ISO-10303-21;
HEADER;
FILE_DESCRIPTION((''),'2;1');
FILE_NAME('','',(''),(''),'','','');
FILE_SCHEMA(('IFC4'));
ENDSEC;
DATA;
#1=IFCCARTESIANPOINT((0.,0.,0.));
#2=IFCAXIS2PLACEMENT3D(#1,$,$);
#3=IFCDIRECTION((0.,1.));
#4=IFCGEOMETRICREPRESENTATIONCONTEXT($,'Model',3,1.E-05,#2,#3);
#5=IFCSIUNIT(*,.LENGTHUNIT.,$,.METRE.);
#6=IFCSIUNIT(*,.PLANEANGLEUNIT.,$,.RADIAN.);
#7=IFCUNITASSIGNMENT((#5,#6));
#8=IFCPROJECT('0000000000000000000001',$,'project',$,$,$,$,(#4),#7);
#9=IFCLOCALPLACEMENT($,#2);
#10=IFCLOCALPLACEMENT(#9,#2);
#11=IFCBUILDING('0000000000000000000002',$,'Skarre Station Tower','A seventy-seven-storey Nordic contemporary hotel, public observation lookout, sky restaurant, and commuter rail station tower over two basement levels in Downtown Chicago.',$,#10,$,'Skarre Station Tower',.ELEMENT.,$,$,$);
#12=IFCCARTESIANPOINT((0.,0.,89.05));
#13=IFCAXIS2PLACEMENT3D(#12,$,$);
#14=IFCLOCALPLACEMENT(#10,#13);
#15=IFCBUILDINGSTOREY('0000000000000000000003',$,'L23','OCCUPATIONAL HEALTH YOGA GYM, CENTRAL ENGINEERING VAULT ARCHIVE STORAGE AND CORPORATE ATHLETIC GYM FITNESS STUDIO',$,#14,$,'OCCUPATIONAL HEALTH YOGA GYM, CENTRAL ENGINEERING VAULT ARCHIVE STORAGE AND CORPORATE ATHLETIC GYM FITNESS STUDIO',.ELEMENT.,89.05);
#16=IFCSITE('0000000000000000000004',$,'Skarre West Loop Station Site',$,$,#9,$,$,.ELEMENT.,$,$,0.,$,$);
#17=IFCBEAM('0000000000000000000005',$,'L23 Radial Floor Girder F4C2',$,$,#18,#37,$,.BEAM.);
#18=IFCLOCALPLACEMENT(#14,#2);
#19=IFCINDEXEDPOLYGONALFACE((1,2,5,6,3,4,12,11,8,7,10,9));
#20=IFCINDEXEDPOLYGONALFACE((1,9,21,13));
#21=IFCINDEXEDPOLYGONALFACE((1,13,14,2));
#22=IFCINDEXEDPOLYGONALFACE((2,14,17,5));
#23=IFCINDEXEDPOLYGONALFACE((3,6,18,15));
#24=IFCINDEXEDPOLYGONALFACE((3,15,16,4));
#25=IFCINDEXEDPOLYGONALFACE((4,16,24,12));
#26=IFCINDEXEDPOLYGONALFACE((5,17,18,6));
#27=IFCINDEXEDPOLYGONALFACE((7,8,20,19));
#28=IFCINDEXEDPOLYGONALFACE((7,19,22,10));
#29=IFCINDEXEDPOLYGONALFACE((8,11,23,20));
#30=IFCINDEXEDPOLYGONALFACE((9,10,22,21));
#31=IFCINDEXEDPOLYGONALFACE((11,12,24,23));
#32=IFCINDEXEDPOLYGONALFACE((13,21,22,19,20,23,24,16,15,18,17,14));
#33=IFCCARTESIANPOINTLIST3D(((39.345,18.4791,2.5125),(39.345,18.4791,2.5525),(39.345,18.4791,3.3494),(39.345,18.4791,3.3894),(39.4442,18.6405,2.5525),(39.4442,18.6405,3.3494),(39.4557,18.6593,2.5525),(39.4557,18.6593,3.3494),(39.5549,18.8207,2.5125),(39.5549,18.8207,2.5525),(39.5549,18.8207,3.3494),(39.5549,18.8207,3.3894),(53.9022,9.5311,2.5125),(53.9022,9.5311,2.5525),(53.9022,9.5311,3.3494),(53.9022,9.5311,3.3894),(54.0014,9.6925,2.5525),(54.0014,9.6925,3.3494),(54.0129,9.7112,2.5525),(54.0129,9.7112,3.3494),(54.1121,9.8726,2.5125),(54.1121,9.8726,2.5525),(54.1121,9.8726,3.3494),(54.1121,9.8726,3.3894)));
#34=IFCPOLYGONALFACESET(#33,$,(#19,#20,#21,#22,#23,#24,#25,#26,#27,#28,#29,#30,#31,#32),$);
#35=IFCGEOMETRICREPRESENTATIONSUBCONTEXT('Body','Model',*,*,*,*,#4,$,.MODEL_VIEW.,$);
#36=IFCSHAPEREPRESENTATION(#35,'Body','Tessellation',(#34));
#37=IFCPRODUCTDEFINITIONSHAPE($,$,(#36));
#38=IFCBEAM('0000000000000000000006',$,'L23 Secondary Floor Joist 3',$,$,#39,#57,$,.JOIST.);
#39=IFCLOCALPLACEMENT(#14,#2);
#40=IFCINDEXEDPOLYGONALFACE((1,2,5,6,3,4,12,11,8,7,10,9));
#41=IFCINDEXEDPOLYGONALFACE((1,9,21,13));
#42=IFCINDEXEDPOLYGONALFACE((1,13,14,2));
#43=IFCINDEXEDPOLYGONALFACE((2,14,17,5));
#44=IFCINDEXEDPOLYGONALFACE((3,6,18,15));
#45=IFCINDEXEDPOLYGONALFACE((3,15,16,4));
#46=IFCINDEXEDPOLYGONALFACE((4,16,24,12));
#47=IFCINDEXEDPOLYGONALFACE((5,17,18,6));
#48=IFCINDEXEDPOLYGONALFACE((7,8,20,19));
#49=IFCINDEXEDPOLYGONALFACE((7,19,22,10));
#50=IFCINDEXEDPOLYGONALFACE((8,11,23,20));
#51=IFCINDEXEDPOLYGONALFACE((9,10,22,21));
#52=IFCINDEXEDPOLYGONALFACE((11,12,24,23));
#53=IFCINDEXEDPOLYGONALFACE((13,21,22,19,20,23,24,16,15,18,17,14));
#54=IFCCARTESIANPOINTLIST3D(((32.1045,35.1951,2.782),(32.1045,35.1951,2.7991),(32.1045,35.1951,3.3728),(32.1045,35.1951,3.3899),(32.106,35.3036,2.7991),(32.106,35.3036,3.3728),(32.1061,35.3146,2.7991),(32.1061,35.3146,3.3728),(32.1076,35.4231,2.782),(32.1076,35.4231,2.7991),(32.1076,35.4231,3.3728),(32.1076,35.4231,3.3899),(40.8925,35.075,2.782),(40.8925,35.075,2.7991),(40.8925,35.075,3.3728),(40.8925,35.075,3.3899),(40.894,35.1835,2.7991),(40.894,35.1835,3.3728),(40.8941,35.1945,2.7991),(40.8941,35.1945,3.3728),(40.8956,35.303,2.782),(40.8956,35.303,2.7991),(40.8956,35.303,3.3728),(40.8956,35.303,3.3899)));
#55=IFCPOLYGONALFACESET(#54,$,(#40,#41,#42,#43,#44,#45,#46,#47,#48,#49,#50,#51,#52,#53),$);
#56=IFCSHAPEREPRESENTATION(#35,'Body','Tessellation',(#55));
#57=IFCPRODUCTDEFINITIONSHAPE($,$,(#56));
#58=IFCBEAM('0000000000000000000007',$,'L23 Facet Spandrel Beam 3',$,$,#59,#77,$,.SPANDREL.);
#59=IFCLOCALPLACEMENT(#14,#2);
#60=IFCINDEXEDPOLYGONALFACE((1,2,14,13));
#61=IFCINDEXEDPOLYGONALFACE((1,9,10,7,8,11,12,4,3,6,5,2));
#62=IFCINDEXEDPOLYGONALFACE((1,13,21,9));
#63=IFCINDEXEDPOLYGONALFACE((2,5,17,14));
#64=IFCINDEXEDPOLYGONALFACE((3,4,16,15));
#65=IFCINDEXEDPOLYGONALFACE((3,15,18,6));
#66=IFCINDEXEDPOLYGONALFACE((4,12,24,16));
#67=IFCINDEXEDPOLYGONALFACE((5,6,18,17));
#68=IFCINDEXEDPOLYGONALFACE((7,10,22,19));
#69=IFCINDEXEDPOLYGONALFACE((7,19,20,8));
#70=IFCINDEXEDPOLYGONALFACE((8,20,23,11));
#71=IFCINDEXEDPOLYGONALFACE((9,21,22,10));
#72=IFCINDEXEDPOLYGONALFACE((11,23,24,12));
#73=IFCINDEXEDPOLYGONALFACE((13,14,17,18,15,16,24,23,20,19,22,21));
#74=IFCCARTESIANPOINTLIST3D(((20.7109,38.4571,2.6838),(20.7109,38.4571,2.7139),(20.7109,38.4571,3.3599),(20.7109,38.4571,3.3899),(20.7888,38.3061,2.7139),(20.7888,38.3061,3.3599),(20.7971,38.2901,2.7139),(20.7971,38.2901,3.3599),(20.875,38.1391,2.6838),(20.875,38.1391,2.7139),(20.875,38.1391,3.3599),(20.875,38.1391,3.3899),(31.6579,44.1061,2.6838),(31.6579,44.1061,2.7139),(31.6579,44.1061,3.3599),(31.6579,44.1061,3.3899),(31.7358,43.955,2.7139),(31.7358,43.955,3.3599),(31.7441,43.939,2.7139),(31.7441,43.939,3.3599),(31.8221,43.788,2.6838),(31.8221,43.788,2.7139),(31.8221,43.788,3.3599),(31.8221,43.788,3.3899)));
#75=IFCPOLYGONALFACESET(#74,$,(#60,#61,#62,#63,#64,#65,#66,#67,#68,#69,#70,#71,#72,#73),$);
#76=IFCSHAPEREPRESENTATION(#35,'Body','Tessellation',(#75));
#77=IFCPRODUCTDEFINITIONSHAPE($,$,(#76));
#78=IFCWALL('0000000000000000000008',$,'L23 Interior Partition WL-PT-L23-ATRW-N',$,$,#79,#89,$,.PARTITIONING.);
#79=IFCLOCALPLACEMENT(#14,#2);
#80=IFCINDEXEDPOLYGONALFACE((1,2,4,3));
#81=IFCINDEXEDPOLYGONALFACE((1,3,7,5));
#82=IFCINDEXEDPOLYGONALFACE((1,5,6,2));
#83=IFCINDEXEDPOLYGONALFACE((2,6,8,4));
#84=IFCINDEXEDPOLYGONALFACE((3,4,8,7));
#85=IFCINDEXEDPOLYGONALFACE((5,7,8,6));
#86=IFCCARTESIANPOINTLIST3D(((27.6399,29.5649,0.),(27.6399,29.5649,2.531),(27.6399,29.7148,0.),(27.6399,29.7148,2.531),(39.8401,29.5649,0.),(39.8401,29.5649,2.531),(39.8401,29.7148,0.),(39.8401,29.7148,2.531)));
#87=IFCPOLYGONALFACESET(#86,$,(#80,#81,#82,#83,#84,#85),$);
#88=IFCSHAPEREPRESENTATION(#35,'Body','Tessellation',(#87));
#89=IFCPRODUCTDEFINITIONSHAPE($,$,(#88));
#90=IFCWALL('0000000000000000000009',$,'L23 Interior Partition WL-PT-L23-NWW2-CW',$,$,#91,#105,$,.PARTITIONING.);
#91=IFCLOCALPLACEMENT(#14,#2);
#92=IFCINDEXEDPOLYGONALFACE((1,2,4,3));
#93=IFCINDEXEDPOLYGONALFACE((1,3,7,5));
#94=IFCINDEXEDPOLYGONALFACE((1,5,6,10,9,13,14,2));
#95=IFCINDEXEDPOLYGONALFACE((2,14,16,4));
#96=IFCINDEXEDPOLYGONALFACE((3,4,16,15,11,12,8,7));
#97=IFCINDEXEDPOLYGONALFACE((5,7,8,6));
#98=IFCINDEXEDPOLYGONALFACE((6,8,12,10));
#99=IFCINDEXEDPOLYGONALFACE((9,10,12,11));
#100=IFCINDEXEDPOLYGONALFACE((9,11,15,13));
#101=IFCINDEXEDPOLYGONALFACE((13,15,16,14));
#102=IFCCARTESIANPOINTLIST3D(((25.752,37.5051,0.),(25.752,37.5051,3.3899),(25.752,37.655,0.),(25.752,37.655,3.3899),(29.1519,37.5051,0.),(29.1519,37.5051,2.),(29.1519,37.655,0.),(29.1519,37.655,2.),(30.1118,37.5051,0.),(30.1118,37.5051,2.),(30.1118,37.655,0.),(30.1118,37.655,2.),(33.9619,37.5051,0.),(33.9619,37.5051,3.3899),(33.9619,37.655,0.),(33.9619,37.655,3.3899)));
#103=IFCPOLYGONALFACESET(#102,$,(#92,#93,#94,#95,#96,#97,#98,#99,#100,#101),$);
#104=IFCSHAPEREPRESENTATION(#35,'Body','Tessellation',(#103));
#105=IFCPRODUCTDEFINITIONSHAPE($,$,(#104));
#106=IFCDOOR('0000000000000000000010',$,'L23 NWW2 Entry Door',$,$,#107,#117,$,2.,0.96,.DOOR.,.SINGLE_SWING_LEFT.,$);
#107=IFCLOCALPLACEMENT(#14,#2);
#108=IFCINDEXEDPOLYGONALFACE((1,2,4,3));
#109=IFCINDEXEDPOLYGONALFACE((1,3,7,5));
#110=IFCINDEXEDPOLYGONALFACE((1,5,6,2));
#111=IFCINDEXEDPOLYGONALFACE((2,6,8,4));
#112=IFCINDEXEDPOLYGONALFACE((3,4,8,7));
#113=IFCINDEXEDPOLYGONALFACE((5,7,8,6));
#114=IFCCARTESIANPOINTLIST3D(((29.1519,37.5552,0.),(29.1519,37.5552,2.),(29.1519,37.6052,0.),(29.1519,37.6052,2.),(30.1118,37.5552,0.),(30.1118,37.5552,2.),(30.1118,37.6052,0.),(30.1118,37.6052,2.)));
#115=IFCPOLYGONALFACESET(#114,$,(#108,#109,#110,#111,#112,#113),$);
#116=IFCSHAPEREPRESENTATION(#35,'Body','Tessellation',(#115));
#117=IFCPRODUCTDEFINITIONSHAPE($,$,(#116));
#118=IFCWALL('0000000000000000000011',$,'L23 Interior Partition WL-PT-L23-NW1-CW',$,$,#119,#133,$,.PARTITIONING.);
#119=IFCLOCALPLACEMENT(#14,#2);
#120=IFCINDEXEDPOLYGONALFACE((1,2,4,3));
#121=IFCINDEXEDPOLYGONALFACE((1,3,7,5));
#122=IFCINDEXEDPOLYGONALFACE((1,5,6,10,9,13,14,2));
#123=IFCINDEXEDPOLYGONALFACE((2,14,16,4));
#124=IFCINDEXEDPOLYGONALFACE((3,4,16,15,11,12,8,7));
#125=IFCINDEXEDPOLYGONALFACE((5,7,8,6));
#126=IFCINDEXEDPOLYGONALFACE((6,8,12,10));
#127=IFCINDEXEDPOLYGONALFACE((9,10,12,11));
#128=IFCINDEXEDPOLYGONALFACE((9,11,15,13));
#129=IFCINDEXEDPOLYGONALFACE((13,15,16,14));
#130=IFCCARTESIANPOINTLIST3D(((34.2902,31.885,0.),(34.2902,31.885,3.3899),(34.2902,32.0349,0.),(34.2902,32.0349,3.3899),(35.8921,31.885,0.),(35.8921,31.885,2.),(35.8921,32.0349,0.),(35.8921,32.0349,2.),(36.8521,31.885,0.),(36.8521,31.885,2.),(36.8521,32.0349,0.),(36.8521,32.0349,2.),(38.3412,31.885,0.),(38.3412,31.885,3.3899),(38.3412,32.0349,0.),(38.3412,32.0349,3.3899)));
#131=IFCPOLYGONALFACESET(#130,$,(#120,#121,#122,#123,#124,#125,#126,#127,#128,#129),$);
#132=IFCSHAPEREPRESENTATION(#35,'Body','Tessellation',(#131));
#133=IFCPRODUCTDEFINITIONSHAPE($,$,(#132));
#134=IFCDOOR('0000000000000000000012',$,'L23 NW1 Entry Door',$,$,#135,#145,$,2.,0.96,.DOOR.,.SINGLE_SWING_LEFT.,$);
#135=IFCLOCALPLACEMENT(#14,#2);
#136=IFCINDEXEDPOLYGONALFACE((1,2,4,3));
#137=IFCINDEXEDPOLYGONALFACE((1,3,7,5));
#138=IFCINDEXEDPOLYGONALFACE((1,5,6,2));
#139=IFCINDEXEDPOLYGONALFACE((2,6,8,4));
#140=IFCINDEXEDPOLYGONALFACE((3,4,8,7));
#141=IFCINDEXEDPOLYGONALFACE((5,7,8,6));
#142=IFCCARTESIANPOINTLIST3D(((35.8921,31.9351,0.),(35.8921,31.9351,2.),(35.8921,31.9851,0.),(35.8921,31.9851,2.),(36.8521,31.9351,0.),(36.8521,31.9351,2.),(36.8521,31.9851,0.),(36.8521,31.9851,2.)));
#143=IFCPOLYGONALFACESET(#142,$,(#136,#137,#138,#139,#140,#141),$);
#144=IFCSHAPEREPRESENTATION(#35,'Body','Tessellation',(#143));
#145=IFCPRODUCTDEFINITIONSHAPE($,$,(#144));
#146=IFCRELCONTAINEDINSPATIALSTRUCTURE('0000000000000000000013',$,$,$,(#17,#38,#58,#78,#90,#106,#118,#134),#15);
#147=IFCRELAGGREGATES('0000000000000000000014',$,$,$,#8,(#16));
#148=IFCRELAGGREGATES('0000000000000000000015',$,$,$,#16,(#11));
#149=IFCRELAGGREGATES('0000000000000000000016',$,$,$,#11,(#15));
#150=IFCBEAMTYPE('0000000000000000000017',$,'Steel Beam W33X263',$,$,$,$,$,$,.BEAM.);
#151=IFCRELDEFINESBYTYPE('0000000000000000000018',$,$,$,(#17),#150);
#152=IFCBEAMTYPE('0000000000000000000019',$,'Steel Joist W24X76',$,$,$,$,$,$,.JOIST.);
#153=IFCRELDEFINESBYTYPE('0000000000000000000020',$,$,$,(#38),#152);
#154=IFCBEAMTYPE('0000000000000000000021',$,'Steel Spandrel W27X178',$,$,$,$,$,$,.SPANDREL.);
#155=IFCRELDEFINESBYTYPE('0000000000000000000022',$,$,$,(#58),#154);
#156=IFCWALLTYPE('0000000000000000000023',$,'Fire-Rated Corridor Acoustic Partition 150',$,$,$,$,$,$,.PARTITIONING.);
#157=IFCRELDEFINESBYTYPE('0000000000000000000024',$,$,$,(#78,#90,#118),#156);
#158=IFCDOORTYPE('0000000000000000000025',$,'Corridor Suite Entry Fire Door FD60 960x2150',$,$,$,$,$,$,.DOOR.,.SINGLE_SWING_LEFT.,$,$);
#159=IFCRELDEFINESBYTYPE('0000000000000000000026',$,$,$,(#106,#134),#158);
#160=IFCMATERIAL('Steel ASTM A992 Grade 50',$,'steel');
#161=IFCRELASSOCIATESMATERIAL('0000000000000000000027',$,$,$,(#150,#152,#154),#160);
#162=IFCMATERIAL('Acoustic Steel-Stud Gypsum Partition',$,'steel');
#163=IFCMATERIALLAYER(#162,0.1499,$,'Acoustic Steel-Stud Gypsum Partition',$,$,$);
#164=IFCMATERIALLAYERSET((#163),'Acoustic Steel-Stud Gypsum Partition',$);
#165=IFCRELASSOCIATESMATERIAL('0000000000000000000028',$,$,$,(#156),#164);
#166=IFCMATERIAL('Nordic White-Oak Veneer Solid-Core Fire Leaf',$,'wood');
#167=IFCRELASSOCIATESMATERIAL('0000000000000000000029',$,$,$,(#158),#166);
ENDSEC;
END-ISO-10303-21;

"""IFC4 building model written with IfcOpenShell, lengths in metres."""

from ifc_helpers import new_model, si_unit, direction, frame, frame_2d, origin, origin_2d, place, context, subcontext, project, spatial, rectangle, i_section, extrude, material, layer, layer_set, material_profile, profile_set, type_object, element, fill, save


model = new_model("IFC4")

# Units and contexts
model_context = context("Model", 3, precision=1e-05, world=origin(), true_north=direction((0.0, 1.0)))
body_context = subcontext(model_context, "Body", "Model", "MODEL_VIEW")
ifc_project = project(units=[si_unit("LENGTHUNIT", "METRE"), si_unit("PLANEANGLEUNIT", "RADIAN")], contexts=[model_context])

# Site, building, storey
site_placement = place(None, origin())
site = spatial("IfcSite", under=ifc_project, at=site_placement, Name="Skarre West Loop Station Site", CompositionType="ELEMENT", RefElevation=0.0)
building_placement = place(site_placement, origin())
building = spatial("IfcBuilding", under=site, at=building_placement, Name="Skarre Station Tower", Description="A seventy-seven-storey Nordic contemporary hotel, public observation lookout, sky restaurant, and commuter rail station tower over two basement levels in Downtown Chicago.", LongName="Skarre Station Tower", CompositionType="ELEMENT")
storey_placement = place(building_placement, frame((0.0, 0.0, 89.05)))
storey = spatial("IfcBuildingStorey", under=building, at=storey_placement, Name="L23", Description="OCCUPATIONAL HEALTH YOGA GYM, CENTRAL ENGINEERING VAULT ARCHIVE STORAGE AND CORPORATE ATHLETIC GYM FITNESS STUDIO", LongName="OCCUPATIONAL HEALTH YOGA GYM, CENTRAL ENGINEERING VAULT ARCHIVE STORAGE AND CORPORATE ATHLETIC GYM FITNESS STUDIO", CompositionType="ELEMENT", Elevation=89.05)

# Beams
ifc_material_1 = material(Name="Steel ASTM A992 Grade 50", Category="steel")
ifc_material_profile_1 = material_profile(ifc_material_1, i_section(OverallWidth=0.4009, OverallDepth=0.877, WebThickness=0.022, FlangeThickness=0.04, at=origin_2d()), Name="Steel ASTM A992 Grade 50")
ifc_profile_set_1 = profile_set([ifc_material_profile_1], Name="Steel ASTM A992 Grade 50")
beam_type_1 = type_object("IfcBeamType", Name="Steel Beam W33X263", PredefinedType="BEAM", material=ifc_profile_set_1)
beam_1_placement = place(storey_placement, frame((39.45, 18.6499, 2.9509), z_axis=(0.851926, -0.523663, 0.0), x_axis=(0.523663, 0.851926, 0.0)))
element("IfcBeam", 1, at=beam_1_placement, inside=storey, type_object=beam_type_1, Name="L23 Radial Floor Girder F4C2", PredefinedType="BEAM", context=body_context, shape_type="SweptSolid", body=[
    extrude(i_section(OverallWidth=0.4009, OverallDepth=0.877, WebThickness=0.022, FlangeThickness=0.04, at=origin_2d()), origin(), (0.0, 0.0, 1.0), 17.0874),
])
ifc_material_profile_2 = material_profile(ifc_material_1, i_section(OverallWidth=0.228, OverallDepth=0.6079, WebThickness=0.011, FlangeThickness=0.0171, at=origin_2d()), Name="Steel ASTM A992 Grade 50")
ifc_profile_set_2 = profile_set([ifc_material_profile_2], Name="Steel ASTM A992 Grade 50")
beam_type_2 = type_object("IfcBeamType", Name="Steel Joist W24X76", PredefinedType="JOIST", material=ifc_profile_set_2)
beam_2_placement = place(storey_placement, frame((40.894, 35.189, 3.0859), z_axis=(-0.999907, 0.013667, 0.0), x_axis=(-0.013667, -0.999907, 0.0)))
element("IfcBeam", 2, at=beam_2_placement, inside=storey, type_object=beam_type_2, Name="L23 Secondary Floor Joist 3", PredefinedType="JOIST", context=body_context, shape_type="SweptSolid", body=[
    extrude(i_section(OverallWidth=0.228, OverallDepth=0.6079, WebThickness=0.011, FlangeThickness=0.0171, at=origin_2d()), origin(), (0.0, 0.0, 1.0), 8.7888),
])
ifc_material_profile_3 = material_profile(ifc_material_1, i_section(OverallWidth=0.3579, OverallDepth=0.7061, WebThickness=0.0181, FlangeThickness=0.03, at=origin_2d()), Name="Steel ASTM A992 Grade 50")
ifc_profile_set_3 = profile_set([ifc_material_profile_3], Name="Steel ASTM A992 Grade 50")
beam_type_3 = type_object("IfcBeamType", Name="Steel Spandrel W27X178", PredefinedType="SPANDREL", material=ifc_profile_set_3)
beam_3_placement = place(storey_placement, frame((31.74, 43.947, 3.0369), z_axis=(-0.888659, -0.458569, 0.0), x_axis=(0.458569, -0.888659, 0.0)))
element("IfcBeam", 3, at=beam_3_placement, inside=storey, type_object=beam_type_3, Name="L23 Facet Spandrel Beam 3", PredefinedType="SPANDREL", context=body_context, shape_type="SweptSolid", body=[
    extrude(i_section(OverallWidth=0.3579, OverallDepth=0.7061, WebThickness=0.0181, FlangeThickness=0.03, at=origin_2d()), origin(), (0.0, 0.0, 1.0), 12.3186),
])

# Wall
ifc_material_2 = material(Name="Acoustic Steel-Stud Gypsum Partition", Category="steel")
ifc_layer_1 = layer(ifc_material_2, 0.1499, Name="Acoustic Steel-Stud Gypsum Partition")
ifc_layer_set_1 = layer_set([ifc_layer_1], Name="Acoustic Steel-Stud Gypsum Partition")
wall_type_1 = type_object("IfcWallType", Name="Fire-Rated Corridor Acoustic Partition 150", PredefinedType="PARTITIONING", material=ifc_layer_set_1)
wall_1_placement = place(storey_placement, frame((39.8401, 29.6399, 0.0), z_axis=(0.0, 0.0, 1.0), x_axis=(-1.0, 0.0, 0.0)))
element("IfcWall", 4, at=wall_1_placement, inside=storey, type_object=wall_type_1, Name="L23 Interior Partition WL-PT-L23-ATRW-N", PredefinedType="PARTITIONING", context=body_context, shape_type="SweptSolid", body=[
    extrude(rectangle(XDim=12.2002, YDim=0.1499, at=frame_2d((6.1001, 0.0))), origin(), (0.0, 0.0, 1.0), 2.531),
])

# Walls, openings, doors
wall_2_placement = place(storey_placement, frame((33.9619, 37.5801, 0.0), z_axis=(0.0, 0.0, 1.0), x_axis=(-1.0, 0.0, 0.0)))
wall_2 = element("IfcWall", 5, at=wall_2_placement, inside=storey, type_object=wall_type_1, Name="L23 Interior Partition WL-PT-L23-NWW2-CW", PredefinedType="PARTITIONING", context=body_context, shape_type="SweptSolid", body=[
    extrude(rectangle(XDim=8.21, YDim=0.1499, at=frame_2d((4.105, 0.0))), origin(), (0.0, 0.0, 1.0), 3.3899),
])
opening_1_placement = place(wall_2_placement, frame((3.8501, 0.0, 0.0)))
opening_1 = element("IfcOpeningElement", 6, at=opening_1_placement, cuts=wall_2, PredefinedType="OPENING", context=body_context, shape_type="SweptSolid", body=[
    extrude(rectangle(XDim=0.96, YDim=2.0, at=frame_2d((0.48, 1.0))), frame((0.0, 0.085, 0.0), z_axis=(0.0, -1.0, 0.0), x_axis=(1.0, 0.0, 0.0)), (0.0, 0.0, 1.0), 0.1699),
])
ifc_material_3 = material(Name="Nordic White-Oak Veneer Solid-Core Fire Leaf", Category="wood")
door_type = type_object("IfcDoorType", Name="Corridor Suite Entry Fire Door FD60 960x2150", OperationType="SINGLE_SWING_LEFT", PredefinedType="DOOR", material=ifc_material_3)
door_1_placement = place(opening_1_placement, origin())
door_1 = element("IfcDoor", 7, at=door_1_placement, inside=storey, type_object=door_type, Name="L23 NWW2 Entry Door", OperationType="SINGLE_SWING_LEFT", OverallHeight=2.0, OverallWidth=0.96, PredefinedType="DOOR", context=body_context, shape_type="SweptSolid", body=[
    extrude(rectangle(XDim=0.96, YDim=2.0, at=frame_2d((0.48, 1.0))), frame((0.0, 0.0249, 0.0), z_axis=(0.0, -1.0, 0.0), x_axis=(1.0, 0.0, 0.0)), (0.0, 0.0, 1.0), 0.05),
])
fill(opening_1, door_1)
wall_3_placement = place(storey_placement, frame((38.3411, 31.96, 0.0), z_axis=(0.0, 0.0, 1.0), x_axis=(-1.0, 0.0, 0.0)))
wall_3 = element("IfcWall", 8, at=wall_3_placement, inside=storey, type_object=wall_type_1, Name="L23 Interior Partition WL-PT-L23-NW1-CW", PredefinedType="PARTITIONING", context=body_context, shape_type="SweptSolid", body=[
    extrude(rectangle(XDim=4.051, YDim=0.1499, at=frame_2d((2.0254, 0.0))), origin(), (0.0, 0.0, 1.0), 3.3899),
])
opening_2_placement = place(wall_3_placement, frame((1.489, 0.0, 0.0)))
opening_2 = element("IfcOpeningElement", 9, at=opening_2_placement, cuts=wall_3, PredefinedType="OPENING", context=body_context, shape_type="SweptSolid", body=[
    extrude(rectangle(XDim=0.96, YDim=2.0, at=frame_2d((0.48, 1.0))), frame((0.0, 0.085, 0.0), z_axis=(0.0, -1.0, 0.0), x_axis=(1.0, 0.0, 0.0)), (0.0, 0.0, 1.0), 0.1699),
])
door_2_placement = place(opening_2_placement, origin())
door_2 = element("IfcDoor", 10, at=door_2_placement, inside=storey, type_object=door_type, Name="L23 NW1 Entry Door", OperationType="SINGLE_SWING_LEFT", OverallHeight=2.0, OverallWidth=0.96, PredefinedType="DOOR", context=body_context, shape_type="SweptSolid", body=[
    extrude(rectangle(XDim=0.96, YDim=2.0, at=frame_2d((0.48, 1.0))), frame((0.0, 0.0249, 0.0), z_axis=(0.0, -1.0, 0.0), x_axis=(1.0, 0.0, 0.0)), (0.0, 0.0, 1.0), 0.05),
])
fill(opening_2, door_2)

save(model, "model.ifc")
